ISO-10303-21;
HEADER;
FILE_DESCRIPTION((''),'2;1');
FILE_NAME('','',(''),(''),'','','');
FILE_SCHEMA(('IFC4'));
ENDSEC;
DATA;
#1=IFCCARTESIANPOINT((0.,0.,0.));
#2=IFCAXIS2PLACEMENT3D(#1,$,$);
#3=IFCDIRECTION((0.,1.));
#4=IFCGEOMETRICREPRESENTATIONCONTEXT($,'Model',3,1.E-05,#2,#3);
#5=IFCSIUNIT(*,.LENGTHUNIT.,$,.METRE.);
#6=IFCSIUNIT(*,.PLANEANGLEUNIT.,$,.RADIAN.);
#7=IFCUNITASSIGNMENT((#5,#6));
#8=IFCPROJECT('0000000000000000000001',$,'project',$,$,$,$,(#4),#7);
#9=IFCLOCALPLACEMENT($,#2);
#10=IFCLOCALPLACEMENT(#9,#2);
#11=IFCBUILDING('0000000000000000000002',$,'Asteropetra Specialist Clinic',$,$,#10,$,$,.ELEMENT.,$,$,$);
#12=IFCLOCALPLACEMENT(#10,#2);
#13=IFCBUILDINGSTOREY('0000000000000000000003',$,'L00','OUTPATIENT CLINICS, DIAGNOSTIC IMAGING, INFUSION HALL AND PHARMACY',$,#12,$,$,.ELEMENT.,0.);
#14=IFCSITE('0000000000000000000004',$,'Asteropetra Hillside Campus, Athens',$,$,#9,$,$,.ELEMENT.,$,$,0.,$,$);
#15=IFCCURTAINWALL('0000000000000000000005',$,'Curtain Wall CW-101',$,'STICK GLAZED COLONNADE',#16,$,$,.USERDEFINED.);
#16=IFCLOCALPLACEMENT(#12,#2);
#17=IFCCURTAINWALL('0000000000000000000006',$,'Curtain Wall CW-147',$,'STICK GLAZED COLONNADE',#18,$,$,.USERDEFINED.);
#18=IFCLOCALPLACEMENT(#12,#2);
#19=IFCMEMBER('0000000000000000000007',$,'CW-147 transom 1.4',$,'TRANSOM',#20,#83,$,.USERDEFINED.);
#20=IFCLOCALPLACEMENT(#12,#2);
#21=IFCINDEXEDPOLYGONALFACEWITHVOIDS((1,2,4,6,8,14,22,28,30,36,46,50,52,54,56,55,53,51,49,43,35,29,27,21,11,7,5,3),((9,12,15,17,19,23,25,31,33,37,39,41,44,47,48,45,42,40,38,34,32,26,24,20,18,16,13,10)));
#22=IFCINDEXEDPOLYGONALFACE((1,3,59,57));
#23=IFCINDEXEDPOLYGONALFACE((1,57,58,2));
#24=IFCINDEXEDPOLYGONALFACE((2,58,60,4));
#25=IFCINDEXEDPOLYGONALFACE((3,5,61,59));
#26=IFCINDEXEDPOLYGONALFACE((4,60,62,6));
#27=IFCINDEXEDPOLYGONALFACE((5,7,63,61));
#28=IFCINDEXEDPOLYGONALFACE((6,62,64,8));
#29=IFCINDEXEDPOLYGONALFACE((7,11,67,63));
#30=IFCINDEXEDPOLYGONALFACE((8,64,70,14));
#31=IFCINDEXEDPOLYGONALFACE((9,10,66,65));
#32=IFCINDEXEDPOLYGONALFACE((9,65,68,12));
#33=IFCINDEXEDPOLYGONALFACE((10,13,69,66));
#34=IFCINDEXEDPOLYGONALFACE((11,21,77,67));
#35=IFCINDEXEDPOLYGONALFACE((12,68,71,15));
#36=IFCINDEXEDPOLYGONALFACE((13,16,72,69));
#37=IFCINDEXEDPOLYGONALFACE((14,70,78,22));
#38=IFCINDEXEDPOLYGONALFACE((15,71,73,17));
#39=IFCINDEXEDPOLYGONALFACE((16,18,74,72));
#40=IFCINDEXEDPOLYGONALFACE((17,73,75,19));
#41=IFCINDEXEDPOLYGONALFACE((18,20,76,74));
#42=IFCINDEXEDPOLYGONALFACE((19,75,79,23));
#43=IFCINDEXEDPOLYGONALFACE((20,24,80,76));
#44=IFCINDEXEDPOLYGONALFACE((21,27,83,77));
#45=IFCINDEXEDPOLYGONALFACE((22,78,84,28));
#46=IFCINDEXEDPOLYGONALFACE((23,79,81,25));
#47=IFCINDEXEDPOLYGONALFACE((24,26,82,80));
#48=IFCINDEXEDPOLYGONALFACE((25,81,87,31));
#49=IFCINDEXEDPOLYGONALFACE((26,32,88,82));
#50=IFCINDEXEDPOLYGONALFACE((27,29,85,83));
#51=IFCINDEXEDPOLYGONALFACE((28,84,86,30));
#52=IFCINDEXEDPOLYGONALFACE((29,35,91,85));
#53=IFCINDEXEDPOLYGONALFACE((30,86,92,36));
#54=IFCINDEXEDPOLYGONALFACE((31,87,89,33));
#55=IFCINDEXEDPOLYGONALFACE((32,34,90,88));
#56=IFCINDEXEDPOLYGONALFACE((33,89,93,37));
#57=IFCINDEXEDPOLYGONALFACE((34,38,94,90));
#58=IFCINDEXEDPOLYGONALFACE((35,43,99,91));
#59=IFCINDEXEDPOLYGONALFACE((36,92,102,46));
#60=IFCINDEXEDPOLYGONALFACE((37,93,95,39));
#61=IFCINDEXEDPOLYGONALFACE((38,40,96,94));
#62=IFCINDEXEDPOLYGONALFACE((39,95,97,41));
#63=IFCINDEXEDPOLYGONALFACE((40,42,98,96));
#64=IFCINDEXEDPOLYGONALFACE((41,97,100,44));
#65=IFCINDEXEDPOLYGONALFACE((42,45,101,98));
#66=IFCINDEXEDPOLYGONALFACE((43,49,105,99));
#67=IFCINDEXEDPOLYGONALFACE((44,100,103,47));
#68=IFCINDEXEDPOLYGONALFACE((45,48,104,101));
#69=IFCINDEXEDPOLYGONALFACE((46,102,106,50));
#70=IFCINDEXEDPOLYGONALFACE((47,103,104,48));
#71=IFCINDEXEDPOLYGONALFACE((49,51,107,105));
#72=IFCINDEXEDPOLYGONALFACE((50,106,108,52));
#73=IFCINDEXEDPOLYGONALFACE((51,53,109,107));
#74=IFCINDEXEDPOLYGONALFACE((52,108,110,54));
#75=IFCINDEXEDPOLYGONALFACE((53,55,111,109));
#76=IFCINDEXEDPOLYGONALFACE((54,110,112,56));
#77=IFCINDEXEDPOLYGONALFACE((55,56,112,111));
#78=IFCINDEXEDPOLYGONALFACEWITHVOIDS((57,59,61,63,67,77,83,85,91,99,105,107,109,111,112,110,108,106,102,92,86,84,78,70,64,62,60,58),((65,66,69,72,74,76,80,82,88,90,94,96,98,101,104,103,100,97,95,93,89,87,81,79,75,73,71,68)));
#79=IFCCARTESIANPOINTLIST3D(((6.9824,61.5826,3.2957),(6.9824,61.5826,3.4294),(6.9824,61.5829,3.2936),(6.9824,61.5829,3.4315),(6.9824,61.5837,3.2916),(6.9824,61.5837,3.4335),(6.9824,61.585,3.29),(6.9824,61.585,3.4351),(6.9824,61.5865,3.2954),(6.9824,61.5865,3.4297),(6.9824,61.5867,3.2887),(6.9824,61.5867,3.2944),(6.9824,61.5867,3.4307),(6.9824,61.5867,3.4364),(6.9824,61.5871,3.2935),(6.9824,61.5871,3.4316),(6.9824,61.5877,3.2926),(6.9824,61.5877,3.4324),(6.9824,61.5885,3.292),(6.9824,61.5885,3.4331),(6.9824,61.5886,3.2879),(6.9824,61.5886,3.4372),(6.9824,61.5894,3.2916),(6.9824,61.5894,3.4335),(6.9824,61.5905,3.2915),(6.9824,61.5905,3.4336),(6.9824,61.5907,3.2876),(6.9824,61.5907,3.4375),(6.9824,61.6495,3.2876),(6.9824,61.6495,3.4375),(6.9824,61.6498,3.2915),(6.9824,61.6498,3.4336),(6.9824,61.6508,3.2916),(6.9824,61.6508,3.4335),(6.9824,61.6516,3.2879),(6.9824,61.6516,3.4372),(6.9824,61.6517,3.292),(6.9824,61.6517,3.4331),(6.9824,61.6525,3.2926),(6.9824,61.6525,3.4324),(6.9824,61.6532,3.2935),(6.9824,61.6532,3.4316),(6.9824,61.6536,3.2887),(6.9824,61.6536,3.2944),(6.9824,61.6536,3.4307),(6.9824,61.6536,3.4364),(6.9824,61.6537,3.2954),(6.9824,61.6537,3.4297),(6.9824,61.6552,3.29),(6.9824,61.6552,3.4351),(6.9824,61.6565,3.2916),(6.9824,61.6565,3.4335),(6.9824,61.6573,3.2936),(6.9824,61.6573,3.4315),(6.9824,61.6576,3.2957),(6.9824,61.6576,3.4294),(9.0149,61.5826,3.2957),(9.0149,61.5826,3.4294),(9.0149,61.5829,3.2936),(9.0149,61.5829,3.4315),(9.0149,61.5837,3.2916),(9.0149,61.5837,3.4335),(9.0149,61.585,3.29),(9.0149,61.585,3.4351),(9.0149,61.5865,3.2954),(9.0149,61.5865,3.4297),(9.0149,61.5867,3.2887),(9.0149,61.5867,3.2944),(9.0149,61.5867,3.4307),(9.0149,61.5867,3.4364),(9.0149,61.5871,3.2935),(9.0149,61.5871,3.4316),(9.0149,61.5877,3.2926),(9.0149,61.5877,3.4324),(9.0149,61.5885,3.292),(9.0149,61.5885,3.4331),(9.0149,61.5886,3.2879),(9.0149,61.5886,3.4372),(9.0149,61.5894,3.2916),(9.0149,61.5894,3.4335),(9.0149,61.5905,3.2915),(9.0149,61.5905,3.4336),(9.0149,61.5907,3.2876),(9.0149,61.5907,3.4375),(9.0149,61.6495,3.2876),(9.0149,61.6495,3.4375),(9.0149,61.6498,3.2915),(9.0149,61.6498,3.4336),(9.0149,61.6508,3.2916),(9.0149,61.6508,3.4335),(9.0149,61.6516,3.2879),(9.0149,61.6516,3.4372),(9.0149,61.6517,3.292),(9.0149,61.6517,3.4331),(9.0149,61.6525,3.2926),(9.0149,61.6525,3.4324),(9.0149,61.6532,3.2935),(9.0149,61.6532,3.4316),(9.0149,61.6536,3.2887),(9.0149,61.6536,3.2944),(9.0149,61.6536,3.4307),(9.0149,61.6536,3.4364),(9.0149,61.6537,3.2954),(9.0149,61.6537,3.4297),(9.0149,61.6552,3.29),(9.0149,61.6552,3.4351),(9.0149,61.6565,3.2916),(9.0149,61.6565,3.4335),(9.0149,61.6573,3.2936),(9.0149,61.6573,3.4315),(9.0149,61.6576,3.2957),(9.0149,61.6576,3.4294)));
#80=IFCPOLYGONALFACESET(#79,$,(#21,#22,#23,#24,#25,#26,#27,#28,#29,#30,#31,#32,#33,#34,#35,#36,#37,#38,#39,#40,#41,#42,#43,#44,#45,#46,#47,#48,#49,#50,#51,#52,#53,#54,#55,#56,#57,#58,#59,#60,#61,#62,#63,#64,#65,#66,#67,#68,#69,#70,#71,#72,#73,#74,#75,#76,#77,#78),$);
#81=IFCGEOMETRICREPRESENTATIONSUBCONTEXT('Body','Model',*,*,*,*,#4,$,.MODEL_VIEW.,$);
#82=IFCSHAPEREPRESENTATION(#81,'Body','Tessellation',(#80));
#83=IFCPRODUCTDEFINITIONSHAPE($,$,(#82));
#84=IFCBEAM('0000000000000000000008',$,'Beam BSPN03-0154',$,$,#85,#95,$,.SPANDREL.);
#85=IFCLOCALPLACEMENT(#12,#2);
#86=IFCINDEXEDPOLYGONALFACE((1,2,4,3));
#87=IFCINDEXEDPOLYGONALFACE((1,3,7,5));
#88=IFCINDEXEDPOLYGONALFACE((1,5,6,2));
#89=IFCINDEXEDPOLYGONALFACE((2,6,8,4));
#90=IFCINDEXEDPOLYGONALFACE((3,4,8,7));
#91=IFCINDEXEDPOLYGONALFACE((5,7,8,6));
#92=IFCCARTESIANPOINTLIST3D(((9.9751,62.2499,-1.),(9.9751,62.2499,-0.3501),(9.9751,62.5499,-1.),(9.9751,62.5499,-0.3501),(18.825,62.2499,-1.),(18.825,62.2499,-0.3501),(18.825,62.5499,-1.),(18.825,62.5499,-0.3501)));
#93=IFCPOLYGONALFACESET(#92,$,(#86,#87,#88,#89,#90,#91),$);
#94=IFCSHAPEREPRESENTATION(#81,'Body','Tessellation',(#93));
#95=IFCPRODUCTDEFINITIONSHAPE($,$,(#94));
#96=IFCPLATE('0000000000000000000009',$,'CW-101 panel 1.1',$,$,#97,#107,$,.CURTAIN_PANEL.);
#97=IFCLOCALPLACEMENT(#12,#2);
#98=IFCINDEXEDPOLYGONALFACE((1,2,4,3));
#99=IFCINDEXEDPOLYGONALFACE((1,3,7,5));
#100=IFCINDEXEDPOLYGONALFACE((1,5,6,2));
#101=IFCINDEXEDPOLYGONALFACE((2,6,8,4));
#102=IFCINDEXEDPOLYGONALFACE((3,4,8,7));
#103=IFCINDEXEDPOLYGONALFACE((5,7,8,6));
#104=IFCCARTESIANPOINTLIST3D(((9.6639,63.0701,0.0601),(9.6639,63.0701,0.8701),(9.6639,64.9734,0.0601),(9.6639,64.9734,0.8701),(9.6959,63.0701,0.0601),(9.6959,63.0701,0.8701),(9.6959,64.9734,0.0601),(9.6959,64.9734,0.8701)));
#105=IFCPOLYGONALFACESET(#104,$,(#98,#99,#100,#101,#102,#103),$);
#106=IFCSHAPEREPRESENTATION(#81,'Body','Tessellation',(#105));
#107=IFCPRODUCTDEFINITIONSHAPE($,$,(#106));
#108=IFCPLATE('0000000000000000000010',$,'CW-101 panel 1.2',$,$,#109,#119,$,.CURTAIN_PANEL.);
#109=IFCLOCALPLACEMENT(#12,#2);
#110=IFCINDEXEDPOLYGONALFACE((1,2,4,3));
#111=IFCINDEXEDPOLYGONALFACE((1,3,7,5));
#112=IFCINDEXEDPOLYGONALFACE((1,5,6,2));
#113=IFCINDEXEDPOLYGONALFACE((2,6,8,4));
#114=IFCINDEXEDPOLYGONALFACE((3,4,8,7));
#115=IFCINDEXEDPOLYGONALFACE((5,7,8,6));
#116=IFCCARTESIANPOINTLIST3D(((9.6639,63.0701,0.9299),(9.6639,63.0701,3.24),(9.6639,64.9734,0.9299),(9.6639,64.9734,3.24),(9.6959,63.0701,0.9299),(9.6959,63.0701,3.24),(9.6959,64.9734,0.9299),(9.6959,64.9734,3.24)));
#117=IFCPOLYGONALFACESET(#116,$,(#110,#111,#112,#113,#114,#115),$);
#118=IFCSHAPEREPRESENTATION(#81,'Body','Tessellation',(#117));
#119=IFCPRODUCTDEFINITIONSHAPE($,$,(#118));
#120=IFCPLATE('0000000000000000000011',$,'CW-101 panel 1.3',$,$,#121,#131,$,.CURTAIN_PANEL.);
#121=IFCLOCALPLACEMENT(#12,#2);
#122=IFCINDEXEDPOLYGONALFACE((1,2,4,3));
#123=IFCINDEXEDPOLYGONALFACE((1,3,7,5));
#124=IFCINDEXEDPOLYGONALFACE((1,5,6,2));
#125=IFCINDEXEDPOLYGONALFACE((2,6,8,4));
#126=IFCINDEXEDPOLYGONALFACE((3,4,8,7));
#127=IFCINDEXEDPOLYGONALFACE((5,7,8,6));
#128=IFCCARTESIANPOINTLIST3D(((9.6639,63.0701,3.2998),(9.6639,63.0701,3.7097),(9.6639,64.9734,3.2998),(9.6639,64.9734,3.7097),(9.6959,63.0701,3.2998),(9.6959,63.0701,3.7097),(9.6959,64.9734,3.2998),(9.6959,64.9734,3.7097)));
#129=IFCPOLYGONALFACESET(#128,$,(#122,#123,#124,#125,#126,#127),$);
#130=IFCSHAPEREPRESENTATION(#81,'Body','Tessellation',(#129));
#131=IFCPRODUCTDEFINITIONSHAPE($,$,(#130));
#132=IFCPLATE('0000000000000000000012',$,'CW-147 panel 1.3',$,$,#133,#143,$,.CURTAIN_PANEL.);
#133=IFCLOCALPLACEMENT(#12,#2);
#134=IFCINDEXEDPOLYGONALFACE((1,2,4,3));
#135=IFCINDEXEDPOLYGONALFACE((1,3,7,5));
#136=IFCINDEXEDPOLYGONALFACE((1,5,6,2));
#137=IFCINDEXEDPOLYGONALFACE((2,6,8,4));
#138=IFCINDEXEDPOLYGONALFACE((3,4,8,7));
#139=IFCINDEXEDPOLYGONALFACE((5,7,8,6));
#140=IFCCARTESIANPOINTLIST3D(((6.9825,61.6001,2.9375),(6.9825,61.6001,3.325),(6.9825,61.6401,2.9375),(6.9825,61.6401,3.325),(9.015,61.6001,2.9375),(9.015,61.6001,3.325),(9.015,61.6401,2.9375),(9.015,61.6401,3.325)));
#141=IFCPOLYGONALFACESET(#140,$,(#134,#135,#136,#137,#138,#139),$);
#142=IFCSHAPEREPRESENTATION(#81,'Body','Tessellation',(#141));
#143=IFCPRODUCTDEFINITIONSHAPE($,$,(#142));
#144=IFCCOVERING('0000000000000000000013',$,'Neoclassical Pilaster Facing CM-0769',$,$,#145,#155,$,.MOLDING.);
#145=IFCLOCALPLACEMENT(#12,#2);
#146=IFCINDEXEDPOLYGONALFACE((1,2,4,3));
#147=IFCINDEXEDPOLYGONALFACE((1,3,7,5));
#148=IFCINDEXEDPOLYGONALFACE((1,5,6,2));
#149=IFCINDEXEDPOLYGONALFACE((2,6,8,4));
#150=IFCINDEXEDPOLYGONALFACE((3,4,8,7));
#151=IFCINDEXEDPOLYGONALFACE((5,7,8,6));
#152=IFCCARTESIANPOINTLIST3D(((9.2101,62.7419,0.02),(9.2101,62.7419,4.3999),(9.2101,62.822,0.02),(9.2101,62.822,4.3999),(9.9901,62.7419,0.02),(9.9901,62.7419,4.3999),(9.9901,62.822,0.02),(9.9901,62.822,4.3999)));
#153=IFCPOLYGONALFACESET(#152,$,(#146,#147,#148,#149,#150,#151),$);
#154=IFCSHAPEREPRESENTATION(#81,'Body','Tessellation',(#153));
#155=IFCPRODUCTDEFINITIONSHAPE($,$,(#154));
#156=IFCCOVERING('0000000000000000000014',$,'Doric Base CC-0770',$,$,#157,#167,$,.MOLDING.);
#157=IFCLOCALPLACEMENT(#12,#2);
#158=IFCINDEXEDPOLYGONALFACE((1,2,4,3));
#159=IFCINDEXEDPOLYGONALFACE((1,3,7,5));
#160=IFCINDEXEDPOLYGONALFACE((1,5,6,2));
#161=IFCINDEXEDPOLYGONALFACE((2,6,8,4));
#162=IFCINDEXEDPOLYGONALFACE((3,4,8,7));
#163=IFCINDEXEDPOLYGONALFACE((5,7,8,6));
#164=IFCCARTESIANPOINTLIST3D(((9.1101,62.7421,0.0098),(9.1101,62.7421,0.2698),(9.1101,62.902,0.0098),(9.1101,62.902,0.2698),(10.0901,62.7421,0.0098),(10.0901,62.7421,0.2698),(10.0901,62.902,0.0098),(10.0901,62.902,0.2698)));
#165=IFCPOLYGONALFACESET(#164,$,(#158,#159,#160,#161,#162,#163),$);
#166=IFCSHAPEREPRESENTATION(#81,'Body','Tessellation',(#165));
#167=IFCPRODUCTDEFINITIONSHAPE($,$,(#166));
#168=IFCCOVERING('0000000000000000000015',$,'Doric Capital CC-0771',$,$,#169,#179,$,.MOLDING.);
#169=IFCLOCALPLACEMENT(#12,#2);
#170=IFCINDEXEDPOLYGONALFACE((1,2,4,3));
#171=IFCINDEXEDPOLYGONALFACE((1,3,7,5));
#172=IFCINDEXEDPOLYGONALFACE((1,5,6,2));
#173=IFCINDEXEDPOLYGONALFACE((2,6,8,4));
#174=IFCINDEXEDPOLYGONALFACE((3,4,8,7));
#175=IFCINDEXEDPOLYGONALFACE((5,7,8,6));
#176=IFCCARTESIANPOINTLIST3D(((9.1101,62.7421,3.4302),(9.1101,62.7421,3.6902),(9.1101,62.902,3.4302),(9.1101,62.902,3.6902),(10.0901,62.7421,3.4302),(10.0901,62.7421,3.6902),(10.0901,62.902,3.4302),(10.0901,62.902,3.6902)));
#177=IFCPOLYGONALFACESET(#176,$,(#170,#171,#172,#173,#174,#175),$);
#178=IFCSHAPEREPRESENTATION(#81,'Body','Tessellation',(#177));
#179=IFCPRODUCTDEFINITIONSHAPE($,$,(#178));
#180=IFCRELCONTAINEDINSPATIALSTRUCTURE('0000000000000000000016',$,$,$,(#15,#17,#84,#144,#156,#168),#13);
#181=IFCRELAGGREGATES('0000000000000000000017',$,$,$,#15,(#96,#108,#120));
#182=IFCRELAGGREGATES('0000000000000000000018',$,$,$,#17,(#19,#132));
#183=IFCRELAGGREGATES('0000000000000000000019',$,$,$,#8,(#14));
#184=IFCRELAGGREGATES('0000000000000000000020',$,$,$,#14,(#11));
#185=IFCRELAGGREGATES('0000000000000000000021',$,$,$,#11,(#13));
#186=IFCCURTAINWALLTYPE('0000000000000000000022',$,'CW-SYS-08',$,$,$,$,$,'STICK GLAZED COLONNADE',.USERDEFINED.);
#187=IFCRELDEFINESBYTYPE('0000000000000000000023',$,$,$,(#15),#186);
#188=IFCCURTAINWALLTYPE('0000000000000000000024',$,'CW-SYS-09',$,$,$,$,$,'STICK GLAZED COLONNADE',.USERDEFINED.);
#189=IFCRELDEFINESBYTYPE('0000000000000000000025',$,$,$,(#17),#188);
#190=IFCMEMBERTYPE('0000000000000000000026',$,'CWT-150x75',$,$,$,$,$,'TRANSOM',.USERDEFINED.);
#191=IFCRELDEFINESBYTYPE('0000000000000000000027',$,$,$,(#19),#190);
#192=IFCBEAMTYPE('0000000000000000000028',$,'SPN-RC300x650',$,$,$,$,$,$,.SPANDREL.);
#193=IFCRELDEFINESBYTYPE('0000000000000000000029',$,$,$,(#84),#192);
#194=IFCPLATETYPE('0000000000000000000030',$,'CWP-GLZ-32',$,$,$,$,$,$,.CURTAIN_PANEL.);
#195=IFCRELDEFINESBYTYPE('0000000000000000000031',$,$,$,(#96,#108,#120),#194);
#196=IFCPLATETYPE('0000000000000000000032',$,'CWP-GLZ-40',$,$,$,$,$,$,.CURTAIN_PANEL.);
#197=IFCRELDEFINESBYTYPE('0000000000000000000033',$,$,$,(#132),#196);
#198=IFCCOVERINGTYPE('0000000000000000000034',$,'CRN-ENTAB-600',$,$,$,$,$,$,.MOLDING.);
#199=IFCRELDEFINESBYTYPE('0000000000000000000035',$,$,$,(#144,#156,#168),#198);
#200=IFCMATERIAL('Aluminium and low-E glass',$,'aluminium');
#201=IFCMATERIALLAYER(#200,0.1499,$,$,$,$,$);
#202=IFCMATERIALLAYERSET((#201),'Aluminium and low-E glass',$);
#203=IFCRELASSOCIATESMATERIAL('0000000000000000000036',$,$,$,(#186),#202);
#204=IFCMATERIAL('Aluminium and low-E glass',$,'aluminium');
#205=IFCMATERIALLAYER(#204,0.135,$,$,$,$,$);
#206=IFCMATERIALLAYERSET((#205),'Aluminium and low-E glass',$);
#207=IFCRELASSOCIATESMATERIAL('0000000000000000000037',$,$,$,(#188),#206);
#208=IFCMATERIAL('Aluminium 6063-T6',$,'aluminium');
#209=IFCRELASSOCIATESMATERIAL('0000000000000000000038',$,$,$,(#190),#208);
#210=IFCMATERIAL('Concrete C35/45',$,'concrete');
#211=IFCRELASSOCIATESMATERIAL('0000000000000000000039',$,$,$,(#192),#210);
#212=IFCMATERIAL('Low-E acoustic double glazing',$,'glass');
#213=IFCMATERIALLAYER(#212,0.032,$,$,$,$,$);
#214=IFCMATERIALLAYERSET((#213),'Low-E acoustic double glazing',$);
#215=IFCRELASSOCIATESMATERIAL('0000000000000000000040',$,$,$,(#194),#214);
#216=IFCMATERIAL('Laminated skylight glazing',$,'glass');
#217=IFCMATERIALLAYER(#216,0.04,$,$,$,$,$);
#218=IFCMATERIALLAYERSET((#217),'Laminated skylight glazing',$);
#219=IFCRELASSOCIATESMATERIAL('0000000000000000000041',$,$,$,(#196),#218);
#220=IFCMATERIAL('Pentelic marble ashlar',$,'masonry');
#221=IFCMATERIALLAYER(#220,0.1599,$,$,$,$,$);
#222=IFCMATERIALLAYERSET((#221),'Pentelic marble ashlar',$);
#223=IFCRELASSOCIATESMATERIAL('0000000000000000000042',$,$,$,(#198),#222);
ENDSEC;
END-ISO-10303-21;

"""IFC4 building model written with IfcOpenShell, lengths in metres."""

from ifc_helpers import new_model, si_unit, direction, frame, origin, origin_2d, place, context, subcontext, project, spatial, rectangle, hollow_rectangle, extrude, material, layer, layer_set, material_profile, profile_set, type_object, element, aggregate, save


model = new_model("IFC4")

# Units and contexts
model_context = context("Model", 3, precision=1e-05, world=origin(), true_north=direction((0.0, 1.0)))
body_context = subcontext(model_context, "Body", "Model", "MODEL_VIEW")
ifc_project = project(units=[si_unit("LENGTHUNIT", "METRE"), si_unit("PLANEANGLEUNIT", "RADIAN")], contexts=[model_context])

# Site, building, storey
site_placement = place(None, origin())
site = spatial("IfcSite", under=ifc_project, at=site_placement, Name="Asteropetra Hillside Campus, Athens", CompositionType="ELEMENT", RefElevation=0.0)
building_placement = place(site_placement, origin())
building = spatial("IfcBuilding", under=site, at=building_placement, Name="Asteropetra Specialist Clinic", CompositionType="ELEMENT")
storey_placement = place(building_placement, origin())
storey = spatial("IfcBuildingStorey", under=building, at=storey_placement, Name="L00", Description="OUTPATIENT CLINICS, DIAGNOSTIC IMAGING, INFUSION HALL AND PHARMACY", CompositionType="ELEMENT", Elevation=0.0)

# Curtain walls
ifc_material_1 = material(Name="Aluminium and low-E glass", Category="aluminium")
ifc_layer_1 = layer(ifc_material_1, 0.1499)
ifc_layer_set_1 = layer_set([ifc_layer_1], Name="Aluminium and low-E glass")
curtain_wall_type_1 = type_object("IfcCurtainWallType", Name="CW-SYS-08", ElementType="STICK GLAZED COLONNADE", PredefinedType="USERDEFINED", material=ifc_layer_set_1)
curtain_wall_1_placement = place(storey_placement, origin())
curtain_wall_1 = element("IfcCurtainWall", 1, at=curtain_wall_1_placement, inside=storey, type_object=curtain_wall_type_1, Name="Curtain Wall CW-101", ObjectType="STICK GLAZED COLONNADE", PredefinedType="USERDEFINED")
ifc_material_2 = material(Name="Aluminium and low-E glass", Category="aluminium")
ifc_layer_2 = layer(ifc_material_2, 0.135)
ifc_layer_set_2 = layer_set([ifc_layer_2], Name="Aluminium and low-E glass")
curtain_wall_type_2 = type_object("IfcCurtainWallType", Name="CW-SYS-09", ElementType="STICK GLAZED COLONNADE", PredefinedType="USERDEFINED", material=ifc_layer_set_2)
curtain_wall_2_placement = place(storey_placement, origin())
curtain_wall_2 = element("IfcCurtainWall", 2, at=curtain_wall_2_placement, inside=storey, type_object=curtain_wall_type_2, Name="Curtain Wall CW-147", ObjectType="STICK GLAZED COLONNADE", PredefinedType="USERDEFINED")

# Member
ifc_material_3 = material(Name="Aluminium 6063-T6", Category="aluminium")
ifc_material_profile_1 = material_profile(ifc_material_3, hollow_rectangle(XDim=0.075, YDim=0.1499, WallThickness=0.0039, InnerFilletRadius=0.0039, OuterFilletRadius=0.0081, at=origin_2d()), Name="TRN 150x75x4.0")
ifc_profile_set_1 = profile_set([ifc_material_profile_1], Name="Aluminium 6063-T6")
member_type_1 = type_object("IfcMemberType", Name="CWT-150x75", ElementType="TRANSOM", PredefinedType="USERDEFINED", material=ifc_profile_set_1)
member_1_placement = place(storey_placement, frame((9.0149, 61.6201, 3.3625), z_axis=(-1.0, 0.0, 0.0), x_axis=(0.0, -1.0, 0.0)))
member_1 = element("IfcMember", 3, at=member_1_placement, type_object=member_type_1, Name="CW-147 transom 1.4", ObjectType="TRANSOM", PredefinedType="USERDEFINED", context=body_context, shape_type="SweptSolid", body=[
    extrude(hollow_rectangle(XDim=0.075, YDim=0.1499, WallThickness=0.0039, InnerFilletRadius=0.0039, OuterFilletRadius=0.0081, at=origin_2d()), origin(), (0.0, 0.0, 1.0), 2.0325),
])

# Beam
ifc_material_4 = material(Name="Concrete C35/45", Category="concrete")
ifc_material_profile_2 = material_profile(ifc_material_4, rectangle(XDim=0.3, YDim=0.6499, at=origin_2d()), Name="RCS 300x650")
ifc_profile_set_2 = profile_set([ifc_material_profile_2], Name="Concrete C35/45")
beam_type = type_object("IfcBeamType", Name="SPN-RC300x650", PredefinedType="SPANDREL", material=ifc_profile_set_2)
beam_placement = place(storey_placement, frame((9.9751, 62.3999, -0.675), z_axis=(1.0, 0.0, 0.0), x_axis=(0.0, 1.0, 0.0)))
element("IfcBeam", 4, at=beam_placement, inside=storey, type_object=beam_type, Name="Beam BSPN03-0154", PredefinedType="SPANDREL", context=body_context, shape_type="SweptSolid", body=[
    extrude(rectangle(XDim=0.3, YDim=0.6499, at=origin_2d()), origin(), (0.0, 0.0, 1.0), 8.8499),
])

# Plates
ifc_material_5 = material(Name="Low-E acoustic double glazing", Category="glass")
ifc_layer_3 = layer(ifc_material_5, 0.032)
ifc_layer_set_3 = layer_set([ifc_layer_3], Name="Low-E acoustic double glazing")
plate_type_1 = type_object("IfcPlateType", Name="CWP-GLZ-32", PredefinedType="CURTAIN_PANEL", material=ifc_layer_set_3)
plate_1_placement = place(storey_placement, frame((9.6799, 64.0217, 0.0601), z_axis=(0.0, 0.0, 1.0), x_axis=(0.0, 1.0, 0.0)))
plate_1 = element("IfcPlate", 5, at=plate_1_placement, type_object=plate_type_1, Name="CW-101 panel 1.1", PredefinedType="CURTAIN_PANEL", context=body_context, shape_type="SweptSolid", body=[
    extrude(rectangle(XDim=1.9033, YDim=0.032, at=origin_2d()), origin(), (0.0, 0.0, 1.0), 0.8101),
])
plate_2_placement = place(storey_placement, frame((9.6799, 64.0217, 0.9299), z_axis=(0.0, 0.0, 1.0), x_axis=(0.0, 1.0, 0.0)))
plate_2 = element("IfcPlate", 6, at=plate_2_placement, type_object=plate_type_1, Name="CW-101 panel 1.2", PredefinedType="CURTAIN_PANEL", context=body_context, shape_type="SweptSolid", body=[
    extrude(rectangle(XDim=1.9033, YDim=0.032, at=origin_2d()), origin(), (0.0, 0.0, 1.0), 2.3101),
])
plate_3_placement = place(storey_placement, frame((9.6799, 64.0217, 3.2998), z_axis=(0.0, 0.0, 1.0), x_axis=(0.0, 1.0, 0.0)))
plate_3 = element("IfcPlate", 7, at=plate_3_placement, type_object=plate_type_1, Name="CW-101 panel 1.3", PredefinedType="CURTAIN_PANEL", context=body_context, shape_type="SweptSolid", body=[
    extrude(rectangle(XDim=1.9033, YDim=0.032, at=origin_2d()), origin(), (0.0, 0.0, 1.0), 0.4099),
])
aggregate(curtain_wall_1, [plate_1, plate_2, plate_3])
ifc_material_6 = material(Name="Laminated skylight glazing", Category="glass")
ifc_layer_4 = layer(ifc_material_6, 0.04)
ifc_layer_set_4 = layer_set([ifc_layer_4], Name="Laminated skylight glazing")
plate_type_2 = type_object("IfcPlateType", Name="CWP-GLZ-40", PredefinedType="CURTAIN_PANEL", material=ifc_layer_set_4)
plate_4_placement = place(storey_placement, frame((7.9988, 61.6201, 2.9375), z_axis=(0.0, 0.0, 1.0), x_axis=(-1.0, 0.0, 0.0)))
plate_4 = element("IfcPlate", 8, at=plate_4_placement, type_object=plate_type_2, Name="CW-147 panel 1.3", PredefinedType="CURTAIN_PANEL", context=body_context, shape_type="SweptSolid", body=[
    extrude(rectangle(XDim=2.0325, YDim=0.04, at=origin_2d()), origin(), (0.0, 0.0, 1.0), 0.3875),
])
aggregate(curtain_wall_2, [member_1, plate_4])

# Coverings
ifc_material_7 = material(Name="Pentelic marble ashlar", Category="masonry")
ifc_layer_5 = layer(ifc_material_7, 0.1599)
ifc_layer_set_5 = layer_set([ifc_layer_5], Name="Pentelic marble ashlar")
covering_type = type_object("IfcCoveringType", Name="CRN-ENTAB-600", PredefinedType="MOLDING", material=ifc_layer_set_5)
covering_placement = place(storey_placement, frame((9.6001, 62.782, 0.02), z_axis=(0.0, 0.0, 1.0), x_axis=(1.0, 0.0, 0.0)))
element("IfcCovering", 9, at=covering_placement, inside=storey, type_object=covering_type, Name="Neoclassical Pilaster Facing CM-0769", PredefinedType="MOLDING", context=body_context, shape_type="SweptSolid", body=[
    extrude(rectangle(XDim=0.78, YDim=0.0801, at=origin_2d()), origin(), (0.0, 0.0, 1.0), 4.3799),
])
for number, where, z_axis, x_axis, name in (
    (10, (9.6001, 62.822, 0.0098), (0.0, 0.0, 1.0), (1.0, 0.0, 0.0), "Doric Base CC-0770"),
    (11, (9.6001, 62.822, 3.4302), (0.0, 0.0, 1.0), (1.0, 0.0, 0.0), "Doric Capital CC-0771"),
):
    element("IfcCovering", number, at=place(storey_placement, frame(where, z_axis=z_axis, x_axis=x_axis)), inside=storey, type_object=covering_type, Name=name, PredefinedType="MOLDING", context=body_context, shape_type="SweptSolid", body=[
        extrude(rectangle(XDim=0.98, YDim=0.1599, at=origin_2d()), origin(), (0.0, 0.0, 1.0), 0.26),
    ])

save(model, "model.ifc")
